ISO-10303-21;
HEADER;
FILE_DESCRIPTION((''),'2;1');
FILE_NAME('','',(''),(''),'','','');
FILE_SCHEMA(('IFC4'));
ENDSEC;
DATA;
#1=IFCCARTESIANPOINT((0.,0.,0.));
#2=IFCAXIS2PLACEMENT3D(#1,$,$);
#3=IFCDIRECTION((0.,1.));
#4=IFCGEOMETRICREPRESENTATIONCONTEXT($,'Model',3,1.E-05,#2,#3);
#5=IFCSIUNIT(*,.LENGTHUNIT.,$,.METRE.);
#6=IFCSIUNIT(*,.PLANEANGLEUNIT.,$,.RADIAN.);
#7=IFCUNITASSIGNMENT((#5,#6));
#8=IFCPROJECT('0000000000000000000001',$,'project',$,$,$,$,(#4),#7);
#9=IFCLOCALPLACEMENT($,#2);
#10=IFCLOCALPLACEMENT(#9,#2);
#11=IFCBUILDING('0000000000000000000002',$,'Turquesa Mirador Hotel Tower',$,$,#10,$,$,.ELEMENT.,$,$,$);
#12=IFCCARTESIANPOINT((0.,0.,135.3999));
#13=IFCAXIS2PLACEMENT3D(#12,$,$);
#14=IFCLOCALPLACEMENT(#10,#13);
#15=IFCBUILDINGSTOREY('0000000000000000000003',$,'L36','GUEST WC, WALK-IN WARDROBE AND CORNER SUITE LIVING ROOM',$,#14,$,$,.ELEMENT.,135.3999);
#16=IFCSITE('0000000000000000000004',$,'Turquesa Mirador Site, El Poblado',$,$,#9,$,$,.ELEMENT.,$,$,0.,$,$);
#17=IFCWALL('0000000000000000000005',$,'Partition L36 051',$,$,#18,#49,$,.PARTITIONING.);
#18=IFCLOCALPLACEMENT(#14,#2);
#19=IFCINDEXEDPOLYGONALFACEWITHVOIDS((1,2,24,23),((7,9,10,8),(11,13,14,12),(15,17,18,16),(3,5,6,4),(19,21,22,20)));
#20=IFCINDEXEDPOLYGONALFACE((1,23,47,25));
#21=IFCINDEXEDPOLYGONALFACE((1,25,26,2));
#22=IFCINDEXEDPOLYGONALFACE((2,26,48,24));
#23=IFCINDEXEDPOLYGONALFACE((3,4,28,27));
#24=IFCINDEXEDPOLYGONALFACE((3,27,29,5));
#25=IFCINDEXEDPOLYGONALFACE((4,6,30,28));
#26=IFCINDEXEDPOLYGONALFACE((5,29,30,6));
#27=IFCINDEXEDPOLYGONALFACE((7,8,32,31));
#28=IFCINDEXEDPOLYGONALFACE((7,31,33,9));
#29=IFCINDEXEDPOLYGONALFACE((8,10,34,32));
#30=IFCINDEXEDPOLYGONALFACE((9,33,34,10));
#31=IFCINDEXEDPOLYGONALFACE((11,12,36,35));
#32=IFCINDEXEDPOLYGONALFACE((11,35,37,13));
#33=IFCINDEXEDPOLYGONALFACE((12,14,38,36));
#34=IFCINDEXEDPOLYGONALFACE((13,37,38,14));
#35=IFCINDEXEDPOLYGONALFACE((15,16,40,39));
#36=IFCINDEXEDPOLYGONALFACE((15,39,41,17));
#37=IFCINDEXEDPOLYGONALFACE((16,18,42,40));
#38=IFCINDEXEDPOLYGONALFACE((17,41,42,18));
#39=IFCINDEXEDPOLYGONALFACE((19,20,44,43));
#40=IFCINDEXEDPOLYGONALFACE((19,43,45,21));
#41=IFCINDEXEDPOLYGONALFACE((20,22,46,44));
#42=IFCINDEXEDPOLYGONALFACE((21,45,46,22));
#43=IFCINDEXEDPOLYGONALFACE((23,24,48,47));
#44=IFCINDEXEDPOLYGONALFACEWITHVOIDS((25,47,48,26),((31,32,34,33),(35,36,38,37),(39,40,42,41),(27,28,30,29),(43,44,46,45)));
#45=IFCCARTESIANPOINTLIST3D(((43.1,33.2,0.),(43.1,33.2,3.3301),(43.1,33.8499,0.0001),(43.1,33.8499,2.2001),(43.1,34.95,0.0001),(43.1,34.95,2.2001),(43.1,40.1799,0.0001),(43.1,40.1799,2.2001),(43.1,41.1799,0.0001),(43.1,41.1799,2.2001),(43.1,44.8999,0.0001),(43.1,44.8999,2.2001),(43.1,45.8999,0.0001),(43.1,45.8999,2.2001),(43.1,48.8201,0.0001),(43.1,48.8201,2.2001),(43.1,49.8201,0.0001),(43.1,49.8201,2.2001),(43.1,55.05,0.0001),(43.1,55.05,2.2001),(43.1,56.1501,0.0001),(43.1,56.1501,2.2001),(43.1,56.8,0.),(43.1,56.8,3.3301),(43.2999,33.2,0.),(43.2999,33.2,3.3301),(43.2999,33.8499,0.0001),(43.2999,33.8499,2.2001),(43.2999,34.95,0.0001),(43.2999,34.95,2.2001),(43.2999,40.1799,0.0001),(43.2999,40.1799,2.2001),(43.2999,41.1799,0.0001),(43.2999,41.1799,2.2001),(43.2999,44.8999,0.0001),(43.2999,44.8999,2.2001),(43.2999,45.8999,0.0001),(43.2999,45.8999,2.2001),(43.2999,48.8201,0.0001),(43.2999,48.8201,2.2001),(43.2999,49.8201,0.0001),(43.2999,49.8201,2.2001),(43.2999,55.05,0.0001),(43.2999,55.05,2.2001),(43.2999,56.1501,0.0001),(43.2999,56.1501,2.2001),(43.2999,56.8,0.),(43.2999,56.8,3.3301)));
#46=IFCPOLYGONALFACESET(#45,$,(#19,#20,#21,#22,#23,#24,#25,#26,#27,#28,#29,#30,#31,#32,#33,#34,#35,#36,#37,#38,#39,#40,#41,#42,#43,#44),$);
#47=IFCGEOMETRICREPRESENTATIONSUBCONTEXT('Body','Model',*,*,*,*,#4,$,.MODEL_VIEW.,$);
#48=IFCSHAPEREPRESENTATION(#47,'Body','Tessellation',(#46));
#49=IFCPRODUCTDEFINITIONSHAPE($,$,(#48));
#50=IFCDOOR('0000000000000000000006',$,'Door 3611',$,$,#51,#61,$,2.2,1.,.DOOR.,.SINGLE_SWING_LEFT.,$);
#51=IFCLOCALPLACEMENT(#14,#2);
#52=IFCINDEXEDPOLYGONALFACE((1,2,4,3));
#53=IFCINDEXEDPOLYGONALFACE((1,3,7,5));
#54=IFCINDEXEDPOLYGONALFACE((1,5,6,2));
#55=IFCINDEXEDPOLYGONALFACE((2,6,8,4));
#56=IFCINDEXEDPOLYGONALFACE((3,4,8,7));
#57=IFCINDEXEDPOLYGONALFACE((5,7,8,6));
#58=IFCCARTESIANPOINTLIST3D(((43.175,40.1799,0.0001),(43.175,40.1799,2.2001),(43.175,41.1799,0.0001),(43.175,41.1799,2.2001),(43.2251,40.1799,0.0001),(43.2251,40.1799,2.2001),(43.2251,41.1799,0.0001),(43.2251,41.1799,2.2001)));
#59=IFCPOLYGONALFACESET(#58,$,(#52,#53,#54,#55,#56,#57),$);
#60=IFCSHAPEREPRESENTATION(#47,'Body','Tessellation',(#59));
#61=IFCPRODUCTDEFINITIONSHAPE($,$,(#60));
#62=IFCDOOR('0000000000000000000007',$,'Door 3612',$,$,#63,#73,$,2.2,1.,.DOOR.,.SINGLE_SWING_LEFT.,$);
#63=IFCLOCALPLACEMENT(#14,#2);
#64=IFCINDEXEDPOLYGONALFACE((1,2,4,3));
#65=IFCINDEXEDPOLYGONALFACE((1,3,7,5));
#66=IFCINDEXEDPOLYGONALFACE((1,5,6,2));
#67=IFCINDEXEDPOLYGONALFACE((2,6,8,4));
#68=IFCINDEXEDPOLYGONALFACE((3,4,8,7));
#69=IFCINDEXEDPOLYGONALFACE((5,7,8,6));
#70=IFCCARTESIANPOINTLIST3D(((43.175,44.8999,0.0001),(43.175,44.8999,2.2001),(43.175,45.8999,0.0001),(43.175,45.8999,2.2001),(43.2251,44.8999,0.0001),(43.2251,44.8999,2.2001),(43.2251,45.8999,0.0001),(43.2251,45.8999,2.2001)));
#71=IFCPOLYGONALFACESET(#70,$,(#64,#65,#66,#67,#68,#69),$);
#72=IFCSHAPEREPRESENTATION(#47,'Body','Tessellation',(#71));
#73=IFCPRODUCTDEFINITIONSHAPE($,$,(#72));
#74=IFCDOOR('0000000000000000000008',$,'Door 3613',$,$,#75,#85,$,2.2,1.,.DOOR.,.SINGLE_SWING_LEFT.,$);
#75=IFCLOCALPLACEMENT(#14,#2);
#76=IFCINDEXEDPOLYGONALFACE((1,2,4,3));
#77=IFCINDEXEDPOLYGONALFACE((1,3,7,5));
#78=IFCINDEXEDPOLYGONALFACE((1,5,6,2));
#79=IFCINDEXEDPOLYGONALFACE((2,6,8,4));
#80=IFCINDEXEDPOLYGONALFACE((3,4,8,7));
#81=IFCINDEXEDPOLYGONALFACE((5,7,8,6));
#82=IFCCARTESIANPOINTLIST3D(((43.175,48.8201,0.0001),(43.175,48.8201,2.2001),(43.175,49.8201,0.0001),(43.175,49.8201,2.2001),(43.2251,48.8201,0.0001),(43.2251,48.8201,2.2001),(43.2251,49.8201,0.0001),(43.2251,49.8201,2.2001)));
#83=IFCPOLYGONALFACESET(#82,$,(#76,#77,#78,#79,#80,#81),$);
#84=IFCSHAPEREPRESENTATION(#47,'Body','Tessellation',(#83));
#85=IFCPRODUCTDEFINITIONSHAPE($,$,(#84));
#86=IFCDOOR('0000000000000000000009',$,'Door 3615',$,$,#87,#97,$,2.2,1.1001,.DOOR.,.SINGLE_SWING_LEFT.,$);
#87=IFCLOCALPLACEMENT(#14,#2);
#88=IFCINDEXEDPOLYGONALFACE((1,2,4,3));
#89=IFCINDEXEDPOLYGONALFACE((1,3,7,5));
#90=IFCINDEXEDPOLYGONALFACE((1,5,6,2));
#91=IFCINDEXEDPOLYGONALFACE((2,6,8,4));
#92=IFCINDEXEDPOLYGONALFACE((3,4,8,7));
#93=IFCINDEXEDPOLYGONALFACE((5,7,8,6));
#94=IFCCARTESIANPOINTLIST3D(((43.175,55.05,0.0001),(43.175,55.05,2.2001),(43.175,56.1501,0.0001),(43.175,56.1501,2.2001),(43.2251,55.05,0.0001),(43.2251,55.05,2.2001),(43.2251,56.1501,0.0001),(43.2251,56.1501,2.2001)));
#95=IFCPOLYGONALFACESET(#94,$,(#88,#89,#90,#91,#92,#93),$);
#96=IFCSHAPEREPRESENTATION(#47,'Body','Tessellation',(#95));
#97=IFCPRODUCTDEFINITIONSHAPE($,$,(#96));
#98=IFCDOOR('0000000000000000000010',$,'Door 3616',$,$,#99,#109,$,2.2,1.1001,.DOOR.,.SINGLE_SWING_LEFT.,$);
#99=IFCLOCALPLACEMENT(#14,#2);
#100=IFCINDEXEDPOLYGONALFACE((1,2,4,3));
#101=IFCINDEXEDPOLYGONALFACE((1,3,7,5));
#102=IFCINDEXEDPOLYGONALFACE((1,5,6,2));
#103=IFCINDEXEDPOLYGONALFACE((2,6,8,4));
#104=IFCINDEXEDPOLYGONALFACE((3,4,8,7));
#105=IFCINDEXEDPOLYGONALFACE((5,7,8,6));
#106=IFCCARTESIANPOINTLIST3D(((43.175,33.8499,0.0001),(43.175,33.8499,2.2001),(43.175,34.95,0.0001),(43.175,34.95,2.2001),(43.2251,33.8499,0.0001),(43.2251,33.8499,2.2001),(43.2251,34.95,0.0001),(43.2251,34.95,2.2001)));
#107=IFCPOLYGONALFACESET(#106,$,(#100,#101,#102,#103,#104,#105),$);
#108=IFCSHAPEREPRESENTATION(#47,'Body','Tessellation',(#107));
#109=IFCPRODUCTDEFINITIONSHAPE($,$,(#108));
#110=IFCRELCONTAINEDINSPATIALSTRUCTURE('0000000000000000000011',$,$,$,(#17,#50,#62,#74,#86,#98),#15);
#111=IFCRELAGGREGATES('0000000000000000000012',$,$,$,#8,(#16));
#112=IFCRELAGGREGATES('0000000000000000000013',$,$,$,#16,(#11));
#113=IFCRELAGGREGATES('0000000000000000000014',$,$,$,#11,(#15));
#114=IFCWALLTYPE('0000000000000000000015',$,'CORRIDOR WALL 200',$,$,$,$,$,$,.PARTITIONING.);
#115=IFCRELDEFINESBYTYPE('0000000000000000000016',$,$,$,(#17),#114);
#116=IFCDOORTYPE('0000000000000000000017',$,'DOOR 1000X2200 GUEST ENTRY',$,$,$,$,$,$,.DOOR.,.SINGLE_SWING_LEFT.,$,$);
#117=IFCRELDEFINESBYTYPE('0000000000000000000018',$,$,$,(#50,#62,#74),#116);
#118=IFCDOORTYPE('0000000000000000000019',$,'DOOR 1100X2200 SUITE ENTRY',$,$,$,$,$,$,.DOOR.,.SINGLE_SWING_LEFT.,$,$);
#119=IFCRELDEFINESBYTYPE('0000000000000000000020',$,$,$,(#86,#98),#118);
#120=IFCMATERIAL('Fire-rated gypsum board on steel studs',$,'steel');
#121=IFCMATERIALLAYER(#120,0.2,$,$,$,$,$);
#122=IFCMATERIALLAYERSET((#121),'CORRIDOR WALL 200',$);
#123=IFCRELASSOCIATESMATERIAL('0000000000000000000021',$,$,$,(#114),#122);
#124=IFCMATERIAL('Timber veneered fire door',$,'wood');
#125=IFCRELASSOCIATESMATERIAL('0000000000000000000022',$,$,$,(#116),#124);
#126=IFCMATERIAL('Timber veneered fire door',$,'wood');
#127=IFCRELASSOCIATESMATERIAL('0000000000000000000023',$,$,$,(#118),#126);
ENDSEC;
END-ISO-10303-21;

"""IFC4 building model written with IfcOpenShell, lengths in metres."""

from ifc_helpers import new_model, si_unit, direction, frame, frame_2d, origin, place, context, subcontext, project, spatial, rectangle, extrude, material, layer, layer_set, type_object, element, fill, save


model = new_model("IFC4")

# Units and contexts
model_context = context("Model", 3, precision=1e-05, world=origin(), true_north=direction((0.0, 1.0)))
body_context = subcontext(model_context, "Body", "Model", "MODEL_VIEW")
ifc_project = project(units=[si_unit("LENGTHUNIT", "METRE"), si_unit("PLANEANGLEUNIT", "RADIAN")], contexts=[model_context])

# Site, building, storey
site_placement = place(None, origin())
site = spatial("IfcSite", under=ifc_project, at=site_placement, Name="Turquesa Mirador Site, El Poblado", CompositionType="ELEMENT", RefElevation=0.0)
building_placement = place(site_placement, origin())
building = spatial("IfcBuilding", under=site, at=building_placement, Name="Turquesa Mirador Hotel Tower", CompositionType="ELEMENT")
storey_placement = place(building_placement, frame((0.0, 0.0, 135.3999)))
storey = spatial("IfcBuildingStorey", under=building, at=storey_placement, Name="L36", Description="GUEST WC, WALK-IN WARDROBE AND CORNER SUITE LIVING ROOM", CompositionType="ELEMENT", Elevation=135.3999)

# Wall, openings, doors
ifc_material_1 = material(Name="Fire-rated gypsum board on steel studs", Category="steel")
ifc_layer_1 = layer(ifc_material_1, 0.2)
ifc_layer_set_1 = layer_set([ifc_layer_1], Name="CORRIDOR WALL 200")
wall_type_1 = type_object("IfcWallType", Name="CORRIDOR WALL 200", PredefinedType="PARTITIONING", material=ifc_layer_set_1)
ifc_material_2 = material(Name="Timber veneered fire door", Category="wood")
door_type_1 = type_object("IfcDoorType", Name="DOOR 1000X2200 GUEST ENTRY", OperationType="SINGLE_SWING_LEFT", PredefinedType="DOOR", material=ifc_material_2)
wall_1_placement = place(storey_placement, frame((43.2, 33.2, 0.0), z_axis=(0.0, 0.0, 1.0), x_axis=(0.0, 1.0, 0.0)))
wall_1 = element("IfcWall", 1, at=wall_1_placement, inside=storey, type_object=wall_type_1, Name="Partition L36 051", PredefinedType="PARTITIONING", context=body_context, shape_type="SweptSolid", body=[
    extrude(rectangle(XDim=23.6001, YDim=0.2, at=frame_2d((11.8, 0.0))), origin(), (0.0, 0.0, 1.0), 3.3301),
])
opening_1_placement = place(wall_1_placement, frame((6.98, 0.0, 0.0)))
opening_1 = element("IfcOpeningElement", 2, at=opening_1_placement, cuts=wall_1, PredefinedType="OPENING", context=body_context, shape_type="SweptSolid", body=[
    extrude(rectangle(XDim=1.0, YDim=2.2, at=frame_2d((0.5, 1.1001))), frame((0.0, 0.1099, 0.0), z_axis=(0.0, -1.0, 0.0), x_axis=(1.0, 0.0, 0.0)), (0.0, 0.0, 1.0), 0.22),
])
opening_2_placement = place(wall_1_placement, frame((11.7, 0.0, 0.0)))
opening_2 = element("IfcOpeningElement", 3, at=opening_2_placement, cuts=wall_1, PredefinedType="OPENING", context=body_context, shape_type="SweptSolid", body=[
    extrude(rectangle(XDim=1.0, YDim=2.2, at=frame_2d((0.5, 1.1001))), frame((0.0, 0.1099, 0.0), z_axis=(0.0, -1.0, 0.0), x_axis=(1.0, 0.0, 0.0)), (0.0, 0.0, 1.0), 0.22),
])
opening_3_placement = place(wall_1_placement, frame((15.6201, 0.0, 0.0)))
opening_3 = element("IfcOpeningElement", 4, at=opening_3_placement, cuts=wall_1, PredefinedType="OPENING", context=body_context, shape_type="SweptSolid", body=[
    extrude(rectangle(XDim=1.0, YDim=2.2, at=frame_2d((0.5, 1.1001))), frame((0.0, 0.1099, 0.0), z_axis=(0.0, -1.0, 0.0), x_axis=(1.0, 0.0, 0.0)), (0.0, 0.0, 1.0), 0.22),
])
opening_4_placement = place(wall_1_placement, frame((21.8501, 0.0, 0.0)))
opening_4 = element("IfcOpeningElement", 5, at=opening_4_placement, cuts=wall_1, PredefinedType="OPENING", context=body_context, shape_type="SweptSolid", body=[
    extrude(rectangle(XDim=1.1001, YDim=2.2, at=frame_2d((0.55, 1.1001))), frame((0.0, 0.1099, 0.0), z_axis=(0.0, -1.0, 0.0), x_axis=(1.0, 0.0, 0.0)), (0.0, 0.0, 1.0), 0.22),
])
opening_5_placement = place(wall_1_placement, frame((0.6499, 0.0, 0.0)))
opening_5 = element("IfcOpeningElement", 6, at=opening_5_placement, cuts=wall_1, PredefinedType="OPENING", context=body_context, shape_type="SweptSolid", body=[
    extrude(rectangle(XDim=1.1001, YDim=2.2, at=frame_2d((0.55, 1.1001))), frame((0.0, 0.1099, 0.0), z_axis=(0.0, -1.0, 0.0), x_axis=(1.0, 0.0, 0.0)), (0.0, 0.0, 1.0), 0.22),
])
door_1_placement = place(opening_1_placement, origin())
door_1 = element("IfcDoor", 7, at=door_1_placement, inside=storey, type_object=door_type_1, Name="Door 3611", OperationType="SINGLE_SWING_LEFT", OverallHeight=2.2, OverallWidth=1.0, PredefinedType="DOOR", context=body_context, shape_type="SweptSolid", body=[
    extrude(rectangle(XDim=1.0, YDim=2.2, at=frame_2d((0.5, 1.1001))), frame((0.0, 0.0249, 0.0), z_axis=(0.0, -1.0, 0.0), x_axis=(1.0, 0.0, 0.0)), (0.0, 0.0, 1.0), 0.05),
])
fill(opening_1, door_1)
door_2_placement = place(opening_2_placement, origin())
door_2 = element("IfcDoor", 8, at=door_2_placement, inside=storey, type_object=door_type_1, Name="Door 3612", OperationType="SINGLE_SWING_LEFT", OverallHeight=2.2, OverallWidth=1.0, PredefinedType="DOOR", context=body_context, shape_type="SweptSolid", body=[
    extrude(rectangle(XDim=1.0, YDim=2.2, at=frame_2d((0.5, 1.1001))), frame((0.0, 0.0249, 0.0), z_axis=(0.0, -1.0, 0.0), x_axis=(1.0, 0.0, 0.0)), (0.0, 0.0, 1.0), 0.05),
])
fill(opening_2, door_2)
door_3_placement = place(opening_3_placement, origin())
door_3 = element("IfcDoor", 9, at=door_3_placement, inside=storey, type_object=door_type_1, Name="Door 3613", OperationType="SINGLE_SWING_LEFT", OverallHeight=2.2, OverallWidth=1.0, PredefinedType="DOOR", context=body_context, shape_type="SweptSolid", body=[
    extrude(rectangle(XDim=1.0, YDim=2.2, at=frame_2d((0.5, 1.1001))), frame((0.0, 0.0249, 0.0), z_axis=(0.0, -1.0, 0.0), x_axis=(1.0, 0.0, 0.0)), (0.0, 0.0, 1.0), 0.05),
])
fill(opening_3, door_3)
ifc_material_3 = material(Name="Timber veneered fire door", Category="wood")
door_type_2 = type_object("IfcDoorType", Name="DOOR 1100X2200 SUITE ENTRY", OperationType="SINGLE_SWING_LEFT", PredefinedType="DOOR", material=ifc_material_3)
door_4_placement = place(opening_4_placement, origin())
door_4 = element("IfcDoor", 10, at=door_4_placement, inside=storey, type_object=door_type_2, Name="Door 3615", OperationType="SINGLE_SWING_LEFT", OverallHeight=2.2, OverallWidth=1.1001, PredefinedType="DOOR", context=body_context, shape_type="SweptSolid", body=[
    extrude(rectangle(XDim=1.1001, YDim=2.2, at=frame_2d((0.55, 1.1001))), frame((0.0, 0.0249, 0.0), z_axis=(0.0, -1.0, 0.0), x_axis=(1.0, 0.0, 0.0)), (0.0, 0.0, 1.0), 0.05),
])
fill(opening_4, door_4)
door_5_placement = place(opening_5_placement, origin())
door_5 = element("IfcDoor", 11, at=door_5_placement, inside=storey, type_object=door_type_2, Name="Door 3616", OperationType="SINGLE_SWING_LEFT", OverallHeight=2.2, OverallWidth=1.1001, PredefinedType="DOOR", context=body_context, shape_type="SweptSolid", body=[
    extrude(rectangle(XDim=1.1001, YDim=2.2, at=frame_2d((0.55, 1.1001))), frame((0.0, 0.0249, 0.0), z_axis=(0.0, -1.0, 0.0), x_axis=(1.0, 0.0, 0.0)), (0.0, 0.0, 1.0), 0.05),
])
fill(opening_5, door_5)

save(model, "model.ifc")
